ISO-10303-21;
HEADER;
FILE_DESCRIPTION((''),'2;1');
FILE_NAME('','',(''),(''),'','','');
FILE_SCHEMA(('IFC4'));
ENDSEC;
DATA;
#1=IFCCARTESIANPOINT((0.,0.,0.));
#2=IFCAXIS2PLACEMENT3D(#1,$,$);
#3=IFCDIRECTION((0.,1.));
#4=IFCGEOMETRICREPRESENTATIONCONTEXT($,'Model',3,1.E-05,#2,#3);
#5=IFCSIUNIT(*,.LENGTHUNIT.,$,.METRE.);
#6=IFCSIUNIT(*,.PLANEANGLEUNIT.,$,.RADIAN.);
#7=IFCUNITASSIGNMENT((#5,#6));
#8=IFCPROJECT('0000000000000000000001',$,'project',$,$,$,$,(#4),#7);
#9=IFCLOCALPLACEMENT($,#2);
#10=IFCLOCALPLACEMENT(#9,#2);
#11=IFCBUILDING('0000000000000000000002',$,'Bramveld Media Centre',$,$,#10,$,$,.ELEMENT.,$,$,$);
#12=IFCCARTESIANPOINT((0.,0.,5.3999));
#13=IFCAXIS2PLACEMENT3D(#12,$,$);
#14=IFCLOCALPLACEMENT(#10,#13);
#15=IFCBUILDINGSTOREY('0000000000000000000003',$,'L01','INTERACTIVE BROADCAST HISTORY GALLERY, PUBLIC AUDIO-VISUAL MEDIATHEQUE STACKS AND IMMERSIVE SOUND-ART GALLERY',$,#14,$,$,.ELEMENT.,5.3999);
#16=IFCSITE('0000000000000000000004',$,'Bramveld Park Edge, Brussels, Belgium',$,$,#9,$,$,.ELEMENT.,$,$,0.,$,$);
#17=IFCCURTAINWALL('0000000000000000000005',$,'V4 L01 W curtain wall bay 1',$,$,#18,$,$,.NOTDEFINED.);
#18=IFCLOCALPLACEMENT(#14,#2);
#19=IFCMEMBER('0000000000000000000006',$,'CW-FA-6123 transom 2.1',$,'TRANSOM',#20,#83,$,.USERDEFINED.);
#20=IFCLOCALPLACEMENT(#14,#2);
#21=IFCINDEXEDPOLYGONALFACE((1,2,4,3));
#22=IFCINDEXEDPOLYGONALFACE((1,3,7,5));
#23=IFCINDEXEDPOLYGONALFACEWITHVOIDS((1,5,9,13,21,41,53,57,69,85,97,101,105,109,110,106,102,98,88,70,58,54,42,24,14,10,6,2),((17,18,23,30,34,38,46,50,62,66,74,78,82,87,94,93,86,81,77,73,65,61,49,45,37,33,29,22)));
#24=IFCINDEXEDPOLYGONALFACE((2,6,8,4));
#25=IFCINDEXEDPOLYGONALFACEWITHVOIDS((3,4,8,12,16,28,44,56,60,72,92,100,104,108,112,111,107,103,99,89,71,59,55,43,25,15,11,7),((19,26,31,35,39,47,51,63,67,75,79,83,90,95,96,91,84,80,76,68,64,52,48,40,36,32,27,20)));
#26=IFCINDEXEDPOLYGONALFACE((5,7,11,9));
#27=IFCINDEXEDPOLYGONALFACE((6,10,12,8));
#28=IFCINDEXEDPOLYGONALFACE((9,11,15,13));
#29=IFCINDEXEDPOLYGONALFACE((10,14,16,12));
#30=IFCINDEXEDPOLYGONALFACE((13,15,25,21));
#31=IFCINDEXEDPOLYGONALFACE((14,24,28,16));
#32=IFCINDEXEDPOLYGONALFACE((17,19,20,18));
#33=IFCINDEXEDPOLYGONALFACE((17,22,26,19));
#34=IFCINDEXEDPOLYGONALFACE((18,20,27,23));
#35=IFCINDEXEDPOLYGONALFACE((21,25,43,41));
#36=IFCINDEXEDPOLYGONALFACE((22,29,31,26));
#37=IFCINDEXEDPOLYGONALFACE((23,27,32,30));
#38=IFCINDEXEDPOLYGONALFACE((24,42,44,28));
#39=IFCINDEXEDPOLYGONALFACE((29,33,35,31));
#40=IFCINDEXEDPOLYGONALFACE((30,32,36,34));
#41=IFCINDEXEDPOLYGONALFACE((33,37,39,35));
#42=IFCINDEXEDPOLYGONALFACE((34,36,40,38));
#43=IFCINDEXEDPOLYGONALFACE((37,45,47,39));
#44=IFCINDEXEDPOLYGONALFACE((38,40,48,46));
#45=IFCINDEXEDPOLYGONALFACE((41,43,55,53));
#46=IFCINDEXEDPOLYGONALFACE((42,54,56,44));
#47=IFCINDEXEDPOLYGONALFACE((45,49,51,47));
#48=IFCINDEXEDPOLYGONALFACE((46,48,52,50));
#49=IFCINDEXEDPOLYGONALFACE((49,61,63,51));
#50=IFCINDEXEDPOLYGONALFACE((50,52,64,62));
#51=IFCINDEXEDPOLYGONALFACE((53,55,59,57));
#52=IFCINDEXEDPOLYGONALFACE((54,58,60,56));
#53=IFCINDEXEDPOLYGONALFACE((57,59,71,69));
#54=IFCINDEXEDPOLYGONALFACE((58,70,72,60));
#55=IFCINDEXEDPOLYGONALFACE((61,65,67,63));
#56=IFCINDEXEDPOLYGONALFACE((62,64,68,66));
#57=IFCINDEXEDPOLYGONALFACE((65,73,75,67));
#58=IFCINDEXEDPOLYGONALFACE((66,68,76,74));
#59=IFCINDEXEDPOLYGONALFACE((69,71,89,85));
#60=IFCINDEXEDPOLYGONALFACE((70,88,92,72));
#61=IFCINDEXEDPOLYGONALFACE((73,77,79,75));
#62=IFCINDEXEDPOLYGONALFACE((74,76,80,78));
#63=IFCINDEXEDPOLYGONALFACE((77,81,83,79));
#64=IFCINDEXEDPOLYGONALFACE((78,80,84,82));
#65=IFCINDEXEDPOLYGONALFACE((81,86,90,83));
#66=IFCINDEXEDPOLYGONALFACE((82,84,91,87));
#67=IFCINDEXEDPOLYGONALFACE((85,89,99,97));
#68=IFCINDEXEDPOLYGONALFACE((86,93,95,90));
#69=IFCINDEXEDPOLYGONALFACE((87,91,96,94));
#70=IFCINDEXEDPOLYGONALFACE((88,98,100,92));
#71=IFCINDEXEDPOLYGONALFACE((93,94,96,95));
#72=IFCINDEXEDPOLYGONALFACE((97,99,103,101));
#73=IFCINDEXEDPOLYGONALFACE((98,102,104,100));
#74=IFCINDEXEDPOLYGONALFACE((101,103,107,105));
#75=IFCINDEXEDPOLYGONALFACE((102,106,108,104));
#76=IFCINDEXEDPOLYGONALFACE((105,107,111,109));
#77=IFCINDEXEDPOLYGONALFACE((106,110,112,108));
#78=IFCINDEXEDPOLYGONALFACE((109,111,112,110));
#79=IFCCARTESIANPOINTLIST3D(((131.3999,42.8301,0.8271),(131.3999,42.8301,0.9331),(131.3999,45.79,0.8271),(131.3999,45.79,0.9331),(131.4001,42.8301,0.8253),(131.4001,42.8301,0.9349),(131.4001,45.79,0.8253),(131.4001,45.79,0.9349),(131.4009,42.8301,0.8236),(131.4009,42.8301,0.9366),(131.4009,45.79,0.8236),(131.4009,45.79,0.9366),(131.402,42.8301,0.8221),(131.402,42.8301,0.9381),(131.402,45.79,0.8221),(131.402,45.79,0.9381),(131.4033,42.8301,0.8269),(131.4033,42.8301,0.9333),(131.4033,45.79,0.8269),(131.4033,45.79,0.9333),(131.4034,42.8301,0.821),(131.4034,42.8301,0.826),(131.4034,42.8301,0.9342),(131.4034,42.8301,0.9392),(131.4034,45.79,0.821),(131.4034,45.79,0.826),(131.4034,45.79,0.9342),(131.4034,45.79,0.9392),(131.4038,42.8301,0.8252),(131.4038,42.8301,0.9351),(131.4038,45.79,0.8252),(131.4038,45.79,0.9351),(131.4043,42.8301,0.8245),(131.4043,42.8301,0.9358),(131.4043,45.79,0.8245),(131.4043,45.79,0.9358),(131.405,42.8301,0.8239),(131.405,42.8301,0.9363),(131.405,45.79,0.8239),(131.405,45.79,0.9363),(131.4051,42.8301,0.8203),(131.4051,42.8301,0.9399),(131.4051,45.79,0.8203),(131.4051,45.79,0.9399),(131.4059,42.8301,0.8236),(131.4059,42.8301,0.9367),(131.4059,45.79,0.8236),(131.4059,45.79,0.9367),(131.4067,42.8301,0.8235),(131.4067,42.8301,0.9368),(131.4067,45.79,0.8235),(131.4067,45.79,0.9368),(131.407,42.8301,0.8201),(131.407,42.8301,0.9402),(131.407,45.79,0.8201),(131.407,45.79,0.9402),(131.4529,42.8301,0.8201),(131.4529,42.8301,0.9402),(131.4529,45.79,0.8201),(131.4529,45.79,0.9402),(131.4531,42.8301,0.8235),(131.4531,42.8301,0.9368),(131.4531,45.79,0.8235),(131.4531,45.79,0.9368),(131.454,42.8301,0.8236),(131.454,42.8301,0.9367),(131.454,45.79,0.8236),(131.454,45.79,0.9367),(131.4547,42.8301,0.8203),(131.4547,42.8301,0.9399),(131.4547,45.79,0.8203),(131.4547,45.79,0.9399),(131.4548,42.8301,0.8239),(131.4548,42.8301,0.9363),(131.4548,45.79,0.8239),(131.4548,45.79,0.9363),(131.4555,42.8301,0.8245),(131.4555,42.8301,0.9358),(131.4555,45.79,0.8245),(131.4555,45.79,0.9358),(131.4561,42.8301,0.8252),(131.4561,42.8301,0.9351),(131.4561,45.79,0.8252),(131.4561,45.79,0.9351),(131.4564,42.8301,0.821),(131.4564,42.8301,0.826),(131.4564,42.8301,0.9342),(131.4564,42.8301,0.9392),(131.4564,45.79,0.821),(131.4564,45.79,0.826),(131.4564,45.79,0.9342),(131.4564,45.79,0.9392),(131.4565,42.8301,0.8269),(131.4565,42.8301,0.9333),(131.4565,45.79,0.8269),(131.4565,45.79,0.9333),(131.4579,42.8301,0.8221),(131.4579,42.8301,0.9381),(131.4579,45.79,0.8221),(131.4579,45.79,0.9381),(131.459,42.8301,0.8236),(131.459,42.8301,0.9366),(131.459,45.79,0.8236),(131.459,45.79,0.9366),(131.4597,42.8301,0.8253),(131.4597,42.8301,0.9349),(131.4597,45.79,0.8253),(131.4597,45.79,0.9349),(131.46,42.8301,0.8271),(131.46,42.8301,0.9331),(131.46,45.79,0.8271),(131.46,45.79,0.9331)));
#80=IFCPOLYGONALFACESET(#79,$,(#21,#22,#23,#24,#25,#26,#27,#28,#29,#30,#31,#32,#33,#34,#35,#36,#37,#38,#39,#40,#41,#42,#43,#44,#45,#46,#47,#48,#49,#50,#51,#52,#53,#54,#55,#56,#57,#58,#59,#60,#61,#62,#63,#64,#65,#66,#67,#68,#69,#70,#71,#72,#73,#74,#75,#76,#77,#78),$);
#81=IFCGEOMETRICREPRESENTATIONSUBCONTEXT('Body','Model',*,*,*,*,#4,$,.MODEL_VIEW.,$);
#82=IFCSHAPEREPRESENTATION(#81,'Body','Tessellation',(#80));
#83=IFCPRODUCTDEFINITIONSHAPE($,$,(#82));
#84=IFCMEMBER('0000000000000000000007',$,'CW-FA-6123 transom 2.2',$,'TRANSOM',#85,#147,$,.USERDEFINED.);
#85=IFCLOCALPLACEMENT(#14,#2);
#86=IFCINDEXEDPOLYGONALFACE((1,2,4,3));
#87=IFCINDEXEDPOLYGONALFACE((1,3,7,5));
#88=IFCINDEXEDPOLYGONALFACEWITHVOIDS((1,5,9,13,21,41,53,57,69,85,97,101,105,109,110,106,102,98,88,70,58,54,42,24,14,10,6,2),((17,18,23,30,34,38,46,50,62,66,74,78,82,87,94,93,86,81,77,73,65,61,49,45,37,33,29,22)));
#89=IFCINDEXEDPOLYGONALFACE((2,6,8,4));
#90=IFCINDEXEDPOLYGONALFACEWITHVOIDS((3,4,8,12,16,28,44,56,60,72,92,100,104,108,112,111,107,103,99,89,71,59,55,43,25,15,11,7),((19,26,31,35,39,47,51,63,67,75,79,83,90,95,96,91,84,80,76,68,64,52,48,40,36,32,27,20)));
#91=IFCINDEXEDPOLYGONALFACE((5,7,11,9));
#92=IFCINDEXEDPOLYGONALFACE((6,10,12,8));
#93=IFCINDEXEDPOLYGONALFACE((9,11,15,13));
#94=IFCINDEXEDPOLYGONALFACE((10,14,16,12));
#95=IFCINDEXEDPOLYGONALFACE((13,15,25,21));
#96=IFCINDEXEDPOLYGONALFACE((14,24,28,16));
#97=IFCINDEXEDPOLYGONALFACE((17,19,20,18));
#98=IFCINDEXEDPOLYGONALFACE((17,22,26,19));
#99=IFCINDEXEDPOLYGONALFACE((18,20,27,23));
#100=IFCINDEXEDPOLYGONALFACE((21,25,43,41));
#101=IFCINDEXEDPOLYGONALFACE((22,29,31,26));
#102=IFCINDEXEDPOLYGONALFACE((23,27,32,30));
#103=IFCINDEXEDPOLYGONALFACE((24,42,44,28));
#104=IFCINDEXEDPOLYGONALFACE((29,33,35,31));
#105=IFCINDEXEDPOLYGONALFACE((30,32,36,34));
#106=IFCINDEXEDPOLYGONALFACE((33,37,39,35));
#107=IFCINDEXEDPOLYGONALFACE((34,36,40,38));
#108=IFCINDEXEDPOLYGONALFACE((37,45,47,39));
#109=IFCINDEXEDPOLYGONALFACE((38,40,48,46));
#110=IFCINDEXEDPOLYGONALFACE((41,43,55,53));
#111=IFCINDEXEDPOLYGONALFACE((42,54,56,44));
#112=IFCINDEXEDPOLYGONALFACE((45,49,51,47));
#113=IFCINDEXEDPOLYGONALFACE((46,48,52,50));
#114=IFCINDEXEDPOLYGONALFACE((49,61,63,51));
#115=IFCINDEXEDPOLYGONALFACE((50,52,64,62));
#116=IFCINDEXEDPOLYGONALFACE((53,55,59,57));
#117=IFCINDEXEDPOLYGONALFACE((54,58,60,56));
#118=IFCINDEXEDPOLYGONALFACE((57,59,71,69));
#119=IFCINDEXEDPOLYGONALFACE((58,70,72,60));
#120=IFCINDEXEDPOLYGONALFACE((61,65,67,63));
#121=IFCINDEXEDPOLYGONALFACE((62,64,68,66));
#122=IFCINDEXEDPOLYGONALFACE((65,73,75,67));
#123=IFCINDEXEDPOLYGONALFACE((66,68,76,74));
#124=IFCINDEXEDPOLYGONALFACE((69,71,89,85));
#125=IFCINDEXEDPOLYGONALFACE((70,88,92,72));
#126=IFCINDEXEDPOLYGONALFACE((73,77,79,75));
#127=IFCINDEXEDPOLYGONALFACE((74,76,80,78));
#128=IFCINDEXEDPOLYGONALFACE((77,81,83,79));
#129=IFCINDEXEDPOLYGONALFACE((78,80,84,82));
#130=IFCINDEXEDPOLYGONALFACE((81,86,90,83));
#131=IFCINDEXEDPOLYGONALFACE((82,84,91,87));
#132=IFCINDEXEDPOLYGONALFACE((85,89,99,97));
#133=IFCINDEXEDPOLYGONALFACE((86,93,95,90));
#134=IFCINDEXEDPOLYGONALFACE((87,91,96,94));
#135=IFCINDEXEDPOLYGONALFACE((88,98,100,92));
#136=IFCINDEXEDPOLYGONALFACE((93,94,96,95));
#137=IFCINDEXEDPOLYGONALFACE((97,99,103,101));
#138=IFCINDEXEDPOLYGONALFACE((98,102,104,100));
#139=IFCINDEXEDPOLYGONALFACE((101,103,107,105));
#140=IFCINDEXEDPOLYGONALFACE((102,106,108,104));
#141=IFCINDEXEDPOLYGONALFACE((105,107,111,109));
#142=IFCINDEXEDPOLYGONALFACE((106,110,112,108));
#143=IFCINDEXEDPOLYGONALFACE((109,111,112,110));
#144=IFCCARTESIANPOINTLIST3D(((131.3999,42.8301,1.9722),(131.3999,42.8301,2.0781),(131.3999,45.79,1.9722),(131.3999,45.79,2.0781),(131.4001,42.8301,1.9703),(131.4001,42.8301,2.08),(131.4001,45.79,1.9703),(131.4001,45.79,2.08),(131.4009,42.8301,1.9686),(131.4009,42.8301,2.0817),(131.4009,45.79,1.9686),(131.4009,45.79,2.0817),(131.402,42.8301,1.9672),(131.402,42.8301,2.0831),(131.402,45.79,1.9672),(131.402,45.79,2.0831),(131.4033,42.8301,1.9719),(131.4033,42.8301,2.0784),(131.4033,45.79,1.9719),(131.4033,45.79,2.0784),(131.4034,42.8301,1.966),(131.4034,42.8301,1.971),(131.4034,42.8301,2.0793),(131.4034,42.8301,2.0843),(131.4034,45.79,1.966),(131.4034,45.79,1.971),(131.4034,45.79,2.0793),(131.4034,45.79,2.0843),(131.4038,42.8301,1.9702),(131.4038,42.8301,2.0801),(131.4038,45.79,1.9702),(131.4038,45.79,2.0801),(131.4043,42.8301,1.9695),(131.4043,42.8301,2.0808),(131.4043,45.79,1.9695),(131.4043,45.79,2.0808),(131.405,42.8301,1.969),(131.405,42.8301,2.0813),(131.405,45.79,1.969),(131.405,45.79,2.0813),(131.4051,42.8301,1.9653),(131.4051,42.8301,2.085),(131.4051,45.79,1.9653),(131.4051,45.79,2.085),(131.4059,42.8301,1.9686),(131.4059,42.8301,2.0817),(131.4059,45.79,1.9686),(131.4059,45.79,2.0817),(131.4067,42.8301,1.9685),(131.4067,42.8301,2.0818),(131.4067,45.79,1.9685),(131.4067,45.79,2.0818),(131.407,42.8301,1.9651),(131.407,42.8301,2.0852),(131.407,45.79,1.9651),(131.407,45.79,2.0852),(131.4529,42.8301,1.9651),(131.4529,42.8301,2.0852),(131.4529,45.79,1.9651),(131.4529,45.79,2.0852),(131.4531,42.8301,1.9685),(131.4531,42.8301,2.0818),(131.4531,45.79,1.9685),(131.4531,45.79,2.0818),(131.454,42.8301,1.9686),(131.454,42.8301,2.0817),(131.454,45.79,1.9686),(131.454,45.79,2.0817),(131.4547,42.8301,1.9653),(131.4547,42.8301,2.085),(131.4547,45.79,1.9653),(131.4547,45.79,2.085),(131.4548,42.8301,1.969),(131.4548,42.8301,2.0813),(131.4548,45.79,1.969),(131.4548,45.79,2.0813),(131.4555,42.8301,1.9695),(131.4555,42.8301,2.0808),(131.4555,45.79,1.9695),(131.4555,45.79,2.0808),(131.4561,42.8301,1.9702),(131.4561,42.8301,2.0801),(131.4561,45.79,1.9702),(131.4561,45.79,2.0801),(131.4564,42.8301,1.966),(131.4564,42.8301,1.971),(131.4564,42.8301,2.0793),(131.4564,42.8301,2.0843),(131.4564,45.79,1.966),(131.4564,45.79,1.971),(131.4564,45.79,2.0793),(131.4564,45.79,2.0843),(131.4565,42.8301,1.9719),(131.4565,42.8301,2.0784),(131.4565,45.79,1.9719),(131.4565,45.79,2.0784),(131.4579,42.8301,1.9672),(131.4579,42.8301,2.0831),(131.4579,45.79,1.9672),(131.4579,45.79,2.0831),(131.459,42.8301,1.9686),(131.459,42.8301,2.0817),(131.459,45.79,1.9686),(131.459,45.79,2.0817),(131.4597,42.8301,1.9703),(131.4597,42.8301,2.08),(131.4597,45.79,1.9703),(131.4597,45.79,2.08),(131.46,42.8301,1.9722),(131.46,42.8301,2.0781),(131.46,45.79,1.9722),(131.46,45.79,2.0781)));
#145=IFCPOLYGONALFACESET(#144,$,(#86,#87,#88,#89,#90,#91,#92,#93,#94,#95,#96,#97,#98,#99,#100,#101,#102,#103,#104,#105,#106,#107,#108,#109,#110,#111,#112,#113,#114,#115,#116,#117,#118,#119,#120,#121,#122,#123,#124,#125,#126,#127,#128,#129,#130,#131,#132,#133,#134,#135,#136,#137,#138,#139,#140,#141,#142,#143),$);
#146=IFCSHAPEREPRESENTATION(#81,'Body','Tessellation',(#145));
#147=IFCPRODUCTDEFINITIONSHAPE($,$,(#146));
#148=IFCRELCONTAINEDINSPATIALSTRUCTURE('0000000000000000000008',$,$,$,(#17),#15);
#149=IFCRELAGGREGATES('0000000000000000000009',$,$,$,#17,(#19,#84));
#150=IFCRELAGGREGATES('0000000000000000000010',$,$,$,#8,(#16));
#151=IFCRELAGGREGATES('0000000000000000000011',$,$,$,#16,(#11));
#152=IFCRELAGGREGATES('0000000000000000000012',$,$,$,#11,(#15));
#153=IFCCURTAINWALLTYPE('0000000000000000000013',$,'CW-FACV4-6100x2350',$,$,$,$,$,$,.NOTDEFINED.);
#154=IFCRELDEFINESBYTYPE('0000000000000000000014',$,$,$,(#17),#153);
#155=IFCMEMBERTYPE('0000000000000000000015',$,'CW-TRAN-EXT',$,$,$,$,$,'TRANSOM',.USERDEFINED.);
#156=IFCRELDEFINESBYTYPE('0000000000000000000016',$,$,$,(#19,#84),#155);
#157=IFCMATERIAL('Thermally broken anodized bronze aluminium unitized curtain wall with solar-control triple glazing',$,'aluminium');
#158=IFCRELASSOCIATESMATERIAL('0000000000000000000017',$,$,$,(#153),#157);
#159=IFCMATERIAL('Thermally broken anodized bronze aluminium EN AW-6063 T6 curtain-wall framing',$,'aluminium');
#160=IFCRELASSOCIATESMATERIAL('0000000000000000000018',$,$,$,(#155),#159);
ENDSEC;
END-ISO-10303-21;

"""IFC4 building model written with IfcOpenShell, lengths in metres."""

from ifc_helpers import new_model, si_unit, direction, frame, origin, origin_2d, place, context, subcontext, project, spatial, hollow_rectangle, extrude, material, material_profile, profile_set, type_object, element, aggregate, save


model = new_model("IFC4")

# Units and contexts
model_context = context("Model", 3, precision=1e-05, world=origin(), true_north=direction((0.0, 1.0)))
body_context = subcontext(model_context, "Body", "Model", "MODEL_VIEW")
ifc_project = project(units=[si_unit("LENGTHUNIT", "METRE"), si_unit("PLANEANGLEUNIT", "RADIAN")], contexts=[model_context])

# Site, building, storey
site_placement = place(None, origin())
site = spatial("IfcSite", under=ifc_project, at=site_placement, Name="Bramveld Park Edge, Brussels, Belgium", CompositionType="ELEMENT", RefElevation=0.0)
building_placement = place(site_placement, origin())
building = spatial("IfcBuilding", under=site, at=building_placement, Name="Bramveld Media Centre", CompositionType="ELEMENT")
storey_placement = place(building_placement, frame((0.0, 0.0, 5.3999)))
storey = spatial("IfcBuildingStorey", under=building, at=storey_placement, Name="L01", Description="INTERACTIVE BROADCAST HISTORY GALLERY, PUBLIC AUDIO-VISUAL MEDIATHEQUE STACKS AND IMMERSIVE SOUND-ART GALLERY", CompositionType="ELEMENT", Elevation=5.3999)

# Curtain wall
ifc_material_1 = material(Name="Thermally broken anodized bronze aluminium unitized curtain wall with solar-control triple glazing", Category="aluminium")
curtain_wall_type = type_object("IfcCurtainWallType", Name="CW-FACV4-6100x2350", PredefinedType="NOTDEFINED", material=ifc_material_1)
curtain_wall_1_placement = place(storey_placement, origin())
curtain_wall_1 = element("IfcCurtainWall", 1, at=curtain_wall_1_placement, inside=storey, type_object=curtain_wall_type, Name="V4 L01 W curtain wall bay 1", PredefinedType="NOTDEFINED")

# Members
ifc_material_2 = material(Name="Thermally broken anodized bronze aluminium EN AW-6063 T6 curtain-wall framing", Category="aluminium")
ifc_material_profile_1 = material_profile(ifc_material_2, hollow_rectangle(XDim=0.0601, YDim=0.1201, WallThickness=0.0034, InnerFilletRadius=0.0034, OuterFilletRadius=0.0071, at=origin_2d()), Name="AL-TRAN 60x120")
ifc_profile_set_1 = profile_set([ifc_material_profile_1], Name="Thermally broken anodized bronze aluminium EN AW-6063 T6 curtain-wall framing")
member_type_1 = type_object("IfcMemberType", Name="CW-TRAN-EXT", ElementType="TRANSOM", PredefinedType="USERDEFINED", material=ifc_profile_set_1)
member_1_placement = place(storey_placement, frame((131.4299, 42.8301, 0.8801), z_axis=(0.0, 1.0, 0.0), x_axis=(-1.0, 0.0, 0.0)))
member_1 = element("IfcMember", 2, at=member_1_placement, type_object=member_type_1, Name="CW-FA-6123 transom 2.1", ObjectType="TRANSOM", PredefinedType="USERDEFINED", context=body_context, shape_type="SweptSolid", body=[
    extrude(hollow_rectangle(XDim=0.0601, YDim=0.1201, WallThickness=0.0034, InnerFilletRadius=0.0034, OuterFilletRadius=0.0071, at=origin_2d()), origin(), (0.0, 0.0, 1.0), 2.96),
])
member_2_placement = place(storey_placement, frame((131.4299, 42.8301, 2.0251), z_axis=(0.0, 1.0, 0.0), x_axis=(-1.0, 0.0, 0.0)))
member_2 = element("IfcMember", 3, at=member_2_placement, type_object=member_type_1, Name="CW-FA-6123 transom 2.2", ObjectType="TRANSOM", PredefinedType="USERDEFINED", context=body_context, shape_type="SweptSolid", body=[
    extrude(hollow_rectangle(XDim=0.0601, YDim=0.1201, WallThickness=0.0034, InnerFilletRadius=0.0034, OuterFilletRadius=0.0071, at=origin_2d()), origin(), (0.0, 0.0, 1.0), 2.96),
])

aggregate(curtain_wall_1, [member_1, member_2])

save(model, "model.ifc")
